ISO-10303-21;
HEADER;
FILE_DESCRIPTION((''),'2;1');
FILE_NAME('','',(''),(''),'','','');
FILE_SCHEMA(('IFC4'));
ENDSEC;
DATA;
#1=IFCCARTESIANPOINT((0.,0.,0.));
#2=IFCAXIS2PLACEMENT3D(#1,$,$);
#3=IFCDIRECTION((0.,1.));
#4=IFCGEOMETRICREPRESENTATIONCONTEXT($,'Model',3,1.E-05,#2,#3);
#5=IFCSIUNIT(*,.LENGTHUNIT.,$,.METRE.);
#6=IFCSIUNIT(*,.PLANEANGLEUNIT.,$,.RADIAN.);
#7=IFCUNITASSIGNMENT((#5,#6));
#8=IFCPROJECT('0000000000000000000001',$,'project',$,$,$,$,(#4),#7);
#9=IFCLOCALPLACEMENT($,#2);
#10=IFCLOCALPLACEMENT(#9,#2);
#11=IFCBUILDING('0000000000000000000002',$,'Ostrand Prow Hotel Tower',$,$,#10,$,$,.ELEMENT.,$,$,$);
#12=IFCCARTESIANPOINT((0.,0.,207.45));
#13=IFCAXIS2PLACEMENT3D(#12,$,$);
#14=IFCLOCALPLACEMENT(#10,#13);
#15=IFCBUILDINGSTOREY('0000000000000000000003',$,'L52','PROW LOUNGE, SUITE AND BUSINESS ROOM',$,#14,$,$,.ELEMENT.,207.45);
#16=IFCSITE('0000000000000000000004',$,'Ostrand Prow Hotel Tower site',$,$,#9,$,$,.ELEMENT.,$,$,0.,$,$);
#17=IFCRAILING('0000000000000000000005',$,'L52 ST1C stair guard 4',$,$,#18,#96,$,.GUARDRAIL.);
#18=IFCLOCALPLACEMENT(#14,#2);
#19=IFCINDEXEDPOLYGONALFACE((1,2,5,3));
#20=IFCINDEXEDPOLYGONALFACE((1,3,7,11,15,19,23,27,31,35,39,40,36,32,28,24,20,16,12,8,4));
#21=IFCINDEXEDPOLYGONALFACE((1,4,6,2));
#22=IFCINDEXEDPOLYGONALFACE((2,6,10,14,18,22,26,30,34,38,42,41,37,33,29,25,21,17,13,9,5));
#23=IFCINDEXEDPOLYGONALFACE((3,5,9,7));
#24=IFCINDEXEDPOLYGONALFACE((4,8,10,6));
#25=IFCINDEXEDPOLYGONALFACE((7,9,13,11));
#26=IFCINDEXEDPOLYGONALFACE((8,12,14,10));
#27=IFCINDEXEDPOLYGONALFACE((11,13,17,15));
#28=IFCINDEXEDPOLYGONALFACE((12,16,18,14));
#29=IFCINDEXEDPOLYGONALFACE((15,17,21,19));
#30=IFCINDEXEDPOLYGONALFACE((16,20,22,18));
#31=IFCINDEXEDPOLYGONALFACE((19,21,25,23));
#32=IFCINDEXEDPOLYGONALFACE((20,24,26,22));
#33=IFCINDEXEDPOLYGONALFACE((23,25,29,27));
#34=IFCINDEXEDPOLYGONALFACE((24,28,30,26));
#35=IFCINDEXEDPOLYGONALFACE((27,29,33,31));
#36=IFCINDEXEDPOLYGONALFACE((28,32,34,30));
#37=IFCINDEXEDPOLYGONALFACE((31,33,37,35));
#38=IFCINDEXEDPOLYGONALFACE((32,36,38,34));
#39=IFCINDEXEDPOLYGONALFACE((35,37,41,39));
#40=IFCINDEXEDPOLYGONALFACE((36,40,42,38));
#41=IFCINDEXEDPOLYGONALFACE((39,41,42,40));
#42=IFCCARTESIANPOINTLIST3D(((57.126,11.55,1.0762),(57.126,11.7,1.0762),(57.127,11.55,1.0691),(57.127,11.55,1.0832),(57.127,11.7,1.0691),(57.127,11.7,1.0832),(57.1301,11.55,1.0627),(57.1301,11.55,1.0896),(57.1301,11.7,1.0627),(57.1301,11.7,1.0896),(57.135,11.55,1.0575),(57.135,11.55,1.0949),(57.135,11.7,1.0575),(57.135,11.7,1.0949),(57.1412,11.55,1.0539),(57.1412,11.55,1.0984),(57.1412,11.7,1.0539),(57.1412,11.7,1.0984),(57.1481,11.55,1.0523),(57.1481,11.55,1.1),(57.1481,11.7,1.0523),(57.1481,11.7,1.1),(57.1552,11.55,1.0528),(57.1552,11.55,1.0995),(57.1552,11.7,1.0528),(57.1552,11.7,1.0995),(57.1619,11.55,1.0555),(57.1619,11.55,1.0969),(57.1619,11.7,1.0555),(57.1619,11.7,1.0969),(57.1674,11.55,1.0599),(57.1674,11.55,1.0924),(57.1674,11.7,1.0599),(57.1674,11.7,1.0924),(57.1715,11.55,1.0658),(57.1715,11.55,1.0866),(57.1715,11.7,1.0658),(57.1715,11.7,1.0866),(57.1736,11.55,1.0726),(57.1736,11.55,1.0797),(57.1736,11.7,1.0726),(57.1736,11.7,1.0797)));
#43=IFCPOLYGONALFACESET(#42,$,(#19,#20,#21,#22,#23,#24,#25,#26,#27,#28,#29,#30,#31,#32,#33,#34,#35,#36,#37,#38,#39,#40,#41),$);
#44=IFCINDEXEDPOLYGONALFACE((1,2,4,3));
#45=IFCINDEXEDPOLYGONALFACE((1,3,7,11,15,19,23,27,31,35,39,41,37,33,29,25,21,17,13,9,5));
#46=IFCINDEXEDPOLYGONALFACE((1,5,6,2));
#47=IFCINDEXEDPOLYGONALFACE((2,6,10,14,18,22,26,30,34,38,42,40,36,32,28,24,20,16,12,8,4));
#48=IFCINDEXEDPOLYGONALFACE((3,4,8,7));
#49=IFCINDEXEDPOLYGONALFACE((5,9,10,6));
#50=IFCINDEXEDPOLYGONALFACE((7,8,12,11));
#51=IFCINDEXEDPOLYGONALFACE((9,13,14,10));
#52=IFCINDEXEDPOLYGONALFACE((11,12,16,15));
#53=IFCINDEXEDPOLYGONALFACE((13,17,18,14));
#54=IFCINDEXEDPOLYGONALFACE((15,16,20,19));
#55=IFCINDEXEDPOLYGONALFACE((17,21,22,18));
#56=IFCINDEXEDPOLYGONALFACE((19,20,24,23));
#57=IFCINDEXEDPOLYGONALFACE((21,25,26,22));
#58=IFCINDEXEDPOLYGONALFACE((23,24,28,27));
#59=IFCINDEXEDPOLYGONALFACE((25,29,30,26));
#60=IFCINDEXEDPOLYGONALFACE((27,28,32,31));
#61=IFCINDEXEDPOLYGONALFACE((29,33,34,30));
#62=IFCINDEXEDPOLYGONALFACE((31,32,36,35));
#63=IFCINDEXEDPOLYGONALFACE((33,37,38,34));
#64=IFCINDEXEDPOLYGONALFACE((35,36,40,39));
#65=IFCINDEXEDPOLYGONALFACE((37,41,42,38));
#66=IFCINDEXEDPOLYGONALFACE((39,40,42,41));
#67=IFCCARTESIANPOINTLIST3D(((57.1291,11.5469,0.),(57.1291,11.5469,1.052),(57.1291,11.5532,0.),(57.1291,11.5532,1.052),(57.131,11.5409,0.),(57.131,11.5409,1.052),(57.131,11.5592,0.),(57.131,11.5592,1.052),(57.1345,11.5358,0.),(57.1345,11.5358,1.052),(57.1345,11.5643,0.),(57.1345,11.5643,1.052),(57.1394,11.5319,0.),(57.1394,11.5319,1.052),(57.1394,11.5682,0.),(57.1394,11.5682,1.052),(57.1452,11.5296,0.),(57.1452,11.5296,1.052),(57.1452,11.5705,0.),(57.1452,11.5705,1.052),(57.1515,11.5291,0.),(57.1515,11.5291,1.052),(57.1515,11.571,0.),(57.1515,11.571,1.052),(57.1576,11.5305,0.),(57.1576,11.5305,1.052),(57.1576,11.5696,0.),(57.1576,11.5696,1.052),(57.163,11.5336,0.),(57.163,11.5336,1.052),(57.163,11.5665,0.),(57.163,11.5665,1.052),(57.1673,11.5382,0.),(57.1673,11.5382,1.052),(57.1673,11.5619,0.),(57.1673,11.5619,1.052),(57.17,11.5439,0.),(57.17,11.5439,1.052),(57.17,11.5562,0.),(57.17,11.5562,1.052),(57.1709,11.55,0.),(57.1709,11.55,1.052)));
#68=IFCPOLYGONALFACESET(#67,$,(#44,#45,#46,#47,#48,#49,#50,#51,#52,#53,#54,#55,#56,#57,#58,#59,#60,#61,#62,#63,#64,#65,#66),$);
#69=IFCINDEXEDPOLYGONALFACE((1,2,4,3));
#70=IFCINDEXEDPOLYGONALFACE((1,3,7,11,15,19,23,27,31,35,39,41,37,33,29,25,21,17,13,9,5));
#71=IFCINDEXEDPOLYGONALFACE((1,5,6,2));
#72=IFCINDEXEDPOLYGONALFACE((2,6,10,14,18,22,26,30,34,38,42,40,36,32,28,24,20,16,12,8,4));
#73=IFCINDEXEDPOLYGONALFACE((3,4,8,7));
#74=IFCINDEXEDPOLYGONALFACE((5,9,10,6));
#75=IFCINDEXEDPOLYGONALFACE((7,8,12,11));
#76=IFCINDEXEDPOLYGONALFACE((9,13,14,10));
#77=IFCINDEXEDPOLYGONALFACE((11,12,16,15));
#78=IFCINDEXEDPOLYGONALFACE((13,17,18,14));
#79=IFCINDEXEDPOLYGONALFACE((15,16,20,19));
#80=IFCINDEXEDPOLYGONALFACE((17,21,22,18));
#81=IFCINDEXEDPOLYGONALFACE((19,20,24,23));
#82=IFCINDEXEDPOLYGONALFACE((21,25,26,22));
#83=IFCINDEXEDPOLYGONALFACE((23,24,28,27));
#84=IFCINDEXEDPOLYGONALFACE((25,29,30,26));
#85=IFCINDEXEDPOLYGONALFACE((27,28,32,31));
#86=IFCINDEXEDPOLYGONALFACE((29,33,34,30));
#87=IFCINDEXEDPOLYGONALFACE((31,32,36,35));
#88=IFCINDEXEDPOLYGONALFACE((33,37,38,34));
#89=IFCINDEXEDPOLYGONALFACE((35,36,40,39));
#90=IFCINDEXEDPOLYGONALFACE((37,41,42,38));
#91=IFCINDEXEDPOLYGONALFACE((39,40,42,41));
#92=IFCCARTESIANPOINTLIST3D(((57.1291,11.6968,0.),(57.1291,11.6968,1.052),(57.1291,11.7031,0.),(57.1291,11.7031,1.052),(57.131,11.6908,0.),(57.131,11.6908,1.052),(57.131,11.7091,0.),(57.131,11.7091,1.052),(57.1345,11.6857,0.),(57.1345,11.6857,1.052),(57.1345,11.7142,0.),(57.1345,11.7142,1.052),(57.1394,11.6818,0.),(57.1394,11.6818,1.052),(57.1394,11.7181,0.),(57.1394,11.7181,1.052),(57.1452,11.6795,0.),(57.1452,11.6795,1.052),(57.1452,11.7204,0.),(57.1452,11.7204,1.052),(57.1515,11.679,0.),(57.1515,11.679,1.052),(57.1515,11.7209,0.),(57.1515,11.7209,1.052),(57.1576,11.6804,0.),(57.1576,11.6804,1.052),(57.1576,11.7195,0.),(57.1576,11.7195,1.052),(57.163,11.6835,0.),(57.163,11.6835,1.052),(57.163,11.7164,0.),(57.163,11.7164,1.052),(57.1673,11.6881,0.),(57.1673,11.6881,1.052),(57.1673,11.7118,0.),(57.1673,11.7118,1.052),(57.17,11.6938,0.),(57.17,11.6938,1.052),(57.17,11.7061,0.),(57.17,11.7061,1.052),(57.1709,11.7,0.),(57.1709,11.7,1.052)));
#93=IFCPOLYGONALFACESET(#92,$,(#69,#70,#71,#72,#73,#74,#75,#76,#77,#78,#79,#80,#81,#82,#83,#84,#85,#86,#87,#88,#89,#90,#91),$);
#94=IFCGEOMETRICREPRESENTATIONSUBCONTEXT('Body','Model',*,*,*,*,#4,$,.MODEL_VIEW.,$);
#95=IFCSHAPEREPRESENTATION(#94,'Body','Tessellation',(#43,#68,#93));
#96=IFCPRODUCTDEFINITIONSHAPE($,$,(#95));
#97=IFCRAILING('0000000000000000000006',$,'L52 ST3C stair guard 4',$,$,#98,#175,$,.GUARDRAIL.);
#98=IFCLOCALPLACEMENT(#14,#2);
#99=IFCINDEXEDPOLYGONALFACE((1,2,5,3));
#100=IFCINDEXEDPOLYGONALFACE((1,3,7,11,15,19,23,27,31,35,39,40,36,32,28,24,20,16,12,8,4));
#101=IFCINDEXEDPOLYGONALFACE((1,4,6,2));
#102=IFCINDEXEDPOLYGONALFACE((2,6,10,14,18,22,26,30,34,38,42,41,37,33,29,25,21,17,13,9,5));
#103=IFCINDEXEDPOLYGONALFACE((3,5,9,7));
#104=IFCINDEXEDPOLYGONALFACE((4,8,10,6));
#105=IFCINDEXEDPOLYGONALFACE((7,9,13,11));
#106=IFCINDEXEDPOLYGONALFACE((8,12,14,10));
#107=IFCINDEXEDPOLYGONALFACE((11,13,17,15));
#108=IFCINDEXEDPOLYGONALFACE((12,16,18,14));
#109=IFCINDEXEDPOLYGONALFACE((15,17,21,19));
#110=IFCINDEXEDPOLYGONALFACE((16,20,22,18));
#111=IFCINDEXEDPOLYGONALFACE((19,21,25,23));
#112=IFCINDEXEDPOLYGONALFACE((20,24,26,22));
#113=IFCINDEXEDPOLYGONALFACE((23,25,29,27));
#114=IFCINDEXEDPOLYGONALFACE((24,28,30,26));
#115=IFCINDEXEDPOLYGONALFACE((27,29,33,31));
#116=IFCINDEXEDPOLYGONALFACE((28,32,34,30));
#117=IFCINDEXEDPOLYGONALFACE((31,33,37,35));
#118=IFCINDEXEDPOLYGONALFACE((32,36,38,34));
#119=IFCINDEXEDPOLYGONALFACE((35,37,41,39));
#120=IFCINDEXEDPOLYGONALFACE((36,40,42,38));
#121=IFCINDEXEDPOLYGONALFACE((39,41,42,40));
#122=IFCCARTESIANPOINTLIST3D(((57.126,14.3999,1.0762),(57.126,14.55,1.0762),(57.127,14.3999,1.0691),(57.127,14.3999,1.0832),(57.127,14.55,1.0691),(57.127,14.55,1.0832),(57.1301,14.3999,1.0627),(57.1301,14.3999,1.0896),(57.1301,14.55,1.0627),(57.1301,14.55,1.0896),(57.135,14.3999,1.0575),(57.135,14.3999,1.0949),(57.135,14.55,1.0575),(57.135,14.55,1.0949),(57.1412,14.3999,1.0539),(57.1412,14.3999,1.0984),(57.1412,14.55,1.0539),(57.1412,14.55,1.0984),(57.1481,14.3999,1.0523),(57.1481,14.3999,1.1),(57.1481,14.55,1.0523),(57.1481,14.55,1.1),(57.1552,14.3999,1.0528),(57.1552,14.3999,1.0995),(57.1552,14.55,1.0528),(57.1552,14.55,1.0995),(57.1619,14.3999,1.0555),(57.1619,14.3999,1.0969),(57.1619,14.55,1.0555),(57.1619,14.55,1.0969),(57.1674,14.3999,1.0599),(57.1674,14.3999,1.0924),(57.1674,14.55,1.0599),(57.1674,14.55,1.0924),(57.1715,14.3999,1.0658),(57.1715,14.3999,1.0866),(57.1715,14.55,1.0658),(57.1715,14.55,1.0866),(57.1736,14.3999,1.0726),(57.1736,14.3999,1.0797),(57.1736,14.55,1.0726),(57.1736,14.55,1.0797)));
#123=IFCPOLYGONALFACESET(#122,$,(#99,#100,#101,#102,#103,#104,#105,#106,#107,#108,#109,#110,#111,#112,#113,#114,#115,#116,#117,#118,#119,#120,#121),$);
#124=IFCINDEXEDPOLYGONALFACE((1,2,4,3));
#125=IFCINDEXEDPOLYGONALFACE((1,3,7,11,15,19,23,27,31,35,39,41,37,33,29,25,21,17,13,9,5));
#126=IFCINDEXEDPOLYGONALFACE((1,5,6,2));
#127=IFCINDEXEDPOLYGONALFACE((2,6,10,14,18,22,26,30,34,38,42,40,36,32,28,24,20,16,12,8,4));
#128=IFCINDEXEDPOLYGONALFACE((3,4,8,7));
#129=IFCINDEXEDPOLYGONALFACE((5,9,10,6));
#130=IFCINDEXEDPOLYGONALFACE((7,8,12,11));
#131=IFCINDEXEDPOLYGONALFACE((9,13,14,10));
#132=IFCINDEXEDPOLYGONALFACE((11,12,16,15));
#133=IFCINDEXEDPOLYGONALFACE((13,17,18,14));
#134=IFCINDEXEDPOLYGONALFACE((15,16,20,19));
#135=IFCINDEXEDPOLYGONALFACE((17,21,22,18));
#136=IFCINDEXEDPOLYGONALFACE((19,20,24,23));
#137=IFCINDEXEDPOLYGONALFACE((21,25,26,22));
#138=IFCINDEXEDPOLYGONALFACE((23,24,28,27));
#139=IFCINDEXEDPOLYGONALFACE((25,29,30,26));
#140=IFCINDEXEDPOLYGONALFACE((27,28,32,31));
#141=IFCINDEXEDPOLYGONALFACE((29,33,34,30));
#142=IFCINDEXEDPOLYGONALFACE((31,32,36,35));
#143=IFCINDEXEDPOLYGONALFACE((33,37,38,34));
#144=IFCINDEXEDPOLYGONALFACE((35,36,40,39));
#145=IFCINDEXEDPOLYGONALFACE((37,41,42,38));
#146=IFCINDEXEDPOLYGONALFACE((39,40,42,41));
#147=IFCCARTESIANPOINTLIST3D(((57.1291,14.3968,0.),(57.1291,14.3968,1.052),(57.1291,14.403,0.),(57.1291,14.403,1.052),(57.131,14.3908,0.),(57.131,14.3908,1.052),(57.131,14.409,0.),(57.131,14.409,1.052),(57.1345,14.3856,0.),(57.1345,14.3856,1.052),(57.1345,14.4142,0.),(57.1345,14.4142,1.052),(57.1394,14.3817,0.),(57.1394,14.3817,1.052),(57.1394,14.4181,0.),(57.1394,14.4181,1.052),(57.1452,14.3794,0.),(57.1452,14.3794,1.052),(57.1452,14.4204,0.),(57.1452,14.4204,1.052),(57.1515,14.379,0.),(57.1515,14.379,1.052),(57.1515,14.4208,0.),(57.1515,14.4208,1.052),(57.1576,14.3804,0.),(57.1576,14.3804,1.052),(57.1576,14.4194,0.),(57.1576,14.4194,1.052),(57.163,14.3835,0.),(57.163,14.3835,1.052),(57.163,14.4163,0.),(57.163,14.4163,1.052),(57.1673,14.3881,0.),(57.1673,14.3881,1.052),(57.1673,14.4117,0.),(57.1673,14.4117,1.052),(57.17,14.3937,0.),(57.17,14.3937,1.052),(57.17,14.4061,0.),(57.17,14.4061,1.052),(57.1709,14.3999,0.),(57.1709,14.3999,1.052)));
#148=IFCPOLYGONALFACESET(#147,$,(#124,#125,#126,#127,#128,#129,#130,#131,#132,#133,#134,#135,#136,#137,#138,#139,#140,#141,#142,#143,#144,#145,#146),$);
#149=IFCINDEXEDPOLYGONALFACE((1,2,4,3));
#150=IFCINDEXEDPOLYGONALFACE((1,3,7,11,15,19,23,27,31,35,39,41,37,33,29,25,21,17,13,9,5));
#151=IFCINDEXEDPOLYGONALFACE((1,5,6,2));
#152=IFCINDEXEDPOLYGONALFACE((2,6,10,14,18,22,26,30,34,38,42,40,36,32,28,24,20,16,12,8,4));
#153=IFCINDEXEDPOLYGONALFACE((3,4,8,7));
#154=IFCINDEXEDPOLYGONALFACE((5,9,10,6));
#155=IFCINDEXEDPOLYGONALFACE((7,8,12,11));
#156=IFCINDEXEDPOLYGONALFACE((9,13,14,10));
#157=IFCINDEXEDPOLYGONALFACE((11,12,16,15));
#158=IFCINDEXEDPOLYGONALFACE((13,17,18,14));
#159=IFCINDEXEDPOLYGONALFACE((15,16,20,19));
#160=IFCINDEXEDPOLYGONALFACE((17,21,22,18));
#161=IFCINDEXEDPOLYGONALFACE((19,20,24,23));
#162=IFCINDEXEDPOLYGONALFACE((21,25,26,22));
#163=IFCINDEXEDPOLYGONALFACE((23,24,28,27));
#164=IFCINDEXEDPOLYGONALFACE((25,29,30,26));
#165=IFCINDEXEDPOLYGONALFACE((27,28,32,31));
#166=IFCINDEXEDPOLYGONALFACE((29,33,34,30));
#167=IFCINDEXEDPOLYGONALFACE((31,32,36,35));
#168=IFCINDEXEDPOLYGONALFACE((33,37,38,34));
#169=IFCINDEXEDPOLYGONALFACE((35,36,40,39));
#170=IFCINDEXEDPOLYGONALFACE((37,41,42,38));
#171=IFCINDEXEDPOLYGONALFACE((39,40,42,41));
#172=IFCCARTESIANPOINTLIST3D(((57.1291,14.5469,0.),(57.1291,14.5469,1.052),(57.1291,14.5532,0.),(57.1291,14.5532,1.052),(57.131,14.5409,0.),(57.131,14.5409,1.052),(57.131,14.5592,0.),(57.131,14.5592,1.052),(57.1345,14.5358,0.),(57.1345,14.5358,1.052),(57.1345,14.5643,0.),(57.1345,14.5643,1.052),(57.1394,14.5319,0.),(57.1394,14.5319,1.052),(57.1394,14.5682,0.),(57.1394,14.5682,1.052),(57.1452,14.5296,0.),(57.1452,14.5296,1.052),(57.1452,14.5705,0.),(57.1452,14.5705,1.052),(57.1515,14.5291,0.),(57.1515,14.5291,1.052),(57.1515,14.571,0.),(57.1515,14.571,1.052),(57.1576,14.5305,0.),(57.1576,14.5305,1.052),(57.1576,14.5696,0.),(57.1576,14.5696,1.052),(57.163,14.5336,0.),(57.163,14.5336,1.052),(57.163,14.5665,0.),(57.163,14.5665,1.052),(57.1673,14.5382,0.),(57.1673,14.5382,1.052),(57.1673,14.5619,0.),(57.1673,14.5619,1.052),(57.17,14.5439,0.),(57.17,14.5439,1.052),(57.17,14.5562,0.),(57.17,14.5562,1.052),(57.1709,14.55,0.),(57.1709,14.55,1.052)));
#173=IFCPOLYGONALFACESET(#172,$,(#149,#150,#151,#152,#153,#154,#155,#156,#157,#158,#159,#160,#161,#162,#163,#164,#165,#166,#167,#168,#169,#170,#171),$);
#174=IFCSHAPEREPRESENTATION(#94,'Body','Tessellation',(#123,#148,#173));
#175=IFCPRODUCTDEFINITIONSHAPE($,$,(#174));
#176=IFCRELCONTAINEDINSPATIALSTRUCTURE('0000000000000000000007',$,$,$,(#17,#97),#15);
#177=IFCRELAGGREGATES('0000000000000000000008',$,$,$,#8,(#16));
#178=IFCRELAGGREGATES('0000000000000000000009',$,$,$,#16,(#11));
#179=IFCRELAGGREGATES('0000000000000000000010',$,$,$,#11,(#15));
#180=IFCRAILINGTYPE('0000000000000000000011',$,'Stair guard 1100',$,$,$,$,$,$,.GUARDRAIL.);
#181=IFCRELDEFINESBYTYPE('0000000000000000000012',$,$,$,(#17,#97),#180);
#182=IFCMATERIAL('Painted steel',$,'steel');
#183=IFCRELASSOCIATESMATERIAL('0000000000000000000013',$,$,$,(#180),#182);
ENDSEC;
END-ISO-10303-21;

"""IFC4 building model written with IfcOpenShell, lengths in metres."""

from ifc_helpers import new_model, si_unit, direction, frame, origin, origin_2d, place, context, subcontext, project, spatial, circle, extrude, material, type_object, element, save


model = new_model("IFC4")

# Units and contexts
model_context = context("Model", 3, precision=1e-05, world=origin(), true_north=direction((0.0, 1.0)))
body_context = subcontext(model_context, "Body", "Model", "MODEL_VIEW")
ifc_project = project(units=[si_unit("LENGTHUNIT", "METRE"), si_unit("PLANEANGLEUNIT", "RADIAN")], contexts=[model_context])

# Site, building, storey
site_placement = place(None, origin())
site = spatial("IfcSite", under=ifc_project, at=site_placement, Name="Ostrand Prow Hotel Tower site", CompositionType="ELEMENT", RefElevation=0.0)
building_placement = place(site_placement, origin())
building = spatial("IfcBuilding", under=site, at=building_placement, Name="Ostrand Prow Hotel Tower", CompositionType="ELEMENT")
storey_placement = place(building_placement, frame((0.0, 0.0, 207.45)))
storey = spatial("IfcBuildingStorey", under=building, at=storey_placement, Name="L52", Description="PROW LOUNGE, SUITE AND BUSINESS ROOM", CompositionType="ELEMENT", Elevation=207.45)

# Railings
ifc_material_1 = material(Name="Painted steel", Category="steel")
railing_type = type_object("IfcRailingType", Name="Stair guard 1100", PredefinedType="GUARDRAIL", material=ifc_material_1)
railing_1_placement = place(storey_placement, frame((57.1499, 11.55, 0.0)))
element("IfcRailing", 1, at=railing_1_placement, inside=storey, type_object=railing_type, Name="L52 ST1C stair guard 4", PredefinedType="GUARDRAIL", context=body_context, shape_type="SweptSolid", body=[
    extrude(circle(Radius=0.0239, at=origin_2d()), frame((0.0, 0.0, 1.0762), z_axis=(0.0, 1.0, 0.0), x_axis=(-1.0, 0.0, 0.0)), (0.0, 0.0, 1.0), 0.1499),
    extrude(circle(Radius=0.021, at=origin_2d()), origin(), (0.0, 0.0, 1.0), 1.052),
    extrude(circle(Radius=0.021, at=origin_2d()), frame((0.0, 0.1499, 0.0)), (0.0, 0.0, 1.0), 1.052),
])
railing_2_placement = place(storey_placement, frame((57.1499, 14.3999, 0.0)))
element("IfcRailing", 2, at=railing_2_placement, inside=storey, type_object=railing_type, Name="L52 ST3C stair guard 4", PredefinedType="GUARDRAIL", context=body_context, shape_type="SweptSolid", body=[
    extrude(circle(Radius=0.0239, at=origin_2d()), frame((0.0, 0.0, 1.0762), z_axis=(0.0, 1.0, 0.0), x_axis=(-1.0, 0.0, 0.0)), (0.0, 0.0, 1.0), 0.1501),
    extrude(circle(Radius=0.021, at=origin_2d()), origin(), (0.0, 0.0, 1.0), 1.052),
    extrude(circle(Radius=0.021, at=origin_2d()), frame((0.0, 0.1501, 0.0)), (0.0, 0.0, 1.0), 1.052),
])

save(model, "model.ifc")
